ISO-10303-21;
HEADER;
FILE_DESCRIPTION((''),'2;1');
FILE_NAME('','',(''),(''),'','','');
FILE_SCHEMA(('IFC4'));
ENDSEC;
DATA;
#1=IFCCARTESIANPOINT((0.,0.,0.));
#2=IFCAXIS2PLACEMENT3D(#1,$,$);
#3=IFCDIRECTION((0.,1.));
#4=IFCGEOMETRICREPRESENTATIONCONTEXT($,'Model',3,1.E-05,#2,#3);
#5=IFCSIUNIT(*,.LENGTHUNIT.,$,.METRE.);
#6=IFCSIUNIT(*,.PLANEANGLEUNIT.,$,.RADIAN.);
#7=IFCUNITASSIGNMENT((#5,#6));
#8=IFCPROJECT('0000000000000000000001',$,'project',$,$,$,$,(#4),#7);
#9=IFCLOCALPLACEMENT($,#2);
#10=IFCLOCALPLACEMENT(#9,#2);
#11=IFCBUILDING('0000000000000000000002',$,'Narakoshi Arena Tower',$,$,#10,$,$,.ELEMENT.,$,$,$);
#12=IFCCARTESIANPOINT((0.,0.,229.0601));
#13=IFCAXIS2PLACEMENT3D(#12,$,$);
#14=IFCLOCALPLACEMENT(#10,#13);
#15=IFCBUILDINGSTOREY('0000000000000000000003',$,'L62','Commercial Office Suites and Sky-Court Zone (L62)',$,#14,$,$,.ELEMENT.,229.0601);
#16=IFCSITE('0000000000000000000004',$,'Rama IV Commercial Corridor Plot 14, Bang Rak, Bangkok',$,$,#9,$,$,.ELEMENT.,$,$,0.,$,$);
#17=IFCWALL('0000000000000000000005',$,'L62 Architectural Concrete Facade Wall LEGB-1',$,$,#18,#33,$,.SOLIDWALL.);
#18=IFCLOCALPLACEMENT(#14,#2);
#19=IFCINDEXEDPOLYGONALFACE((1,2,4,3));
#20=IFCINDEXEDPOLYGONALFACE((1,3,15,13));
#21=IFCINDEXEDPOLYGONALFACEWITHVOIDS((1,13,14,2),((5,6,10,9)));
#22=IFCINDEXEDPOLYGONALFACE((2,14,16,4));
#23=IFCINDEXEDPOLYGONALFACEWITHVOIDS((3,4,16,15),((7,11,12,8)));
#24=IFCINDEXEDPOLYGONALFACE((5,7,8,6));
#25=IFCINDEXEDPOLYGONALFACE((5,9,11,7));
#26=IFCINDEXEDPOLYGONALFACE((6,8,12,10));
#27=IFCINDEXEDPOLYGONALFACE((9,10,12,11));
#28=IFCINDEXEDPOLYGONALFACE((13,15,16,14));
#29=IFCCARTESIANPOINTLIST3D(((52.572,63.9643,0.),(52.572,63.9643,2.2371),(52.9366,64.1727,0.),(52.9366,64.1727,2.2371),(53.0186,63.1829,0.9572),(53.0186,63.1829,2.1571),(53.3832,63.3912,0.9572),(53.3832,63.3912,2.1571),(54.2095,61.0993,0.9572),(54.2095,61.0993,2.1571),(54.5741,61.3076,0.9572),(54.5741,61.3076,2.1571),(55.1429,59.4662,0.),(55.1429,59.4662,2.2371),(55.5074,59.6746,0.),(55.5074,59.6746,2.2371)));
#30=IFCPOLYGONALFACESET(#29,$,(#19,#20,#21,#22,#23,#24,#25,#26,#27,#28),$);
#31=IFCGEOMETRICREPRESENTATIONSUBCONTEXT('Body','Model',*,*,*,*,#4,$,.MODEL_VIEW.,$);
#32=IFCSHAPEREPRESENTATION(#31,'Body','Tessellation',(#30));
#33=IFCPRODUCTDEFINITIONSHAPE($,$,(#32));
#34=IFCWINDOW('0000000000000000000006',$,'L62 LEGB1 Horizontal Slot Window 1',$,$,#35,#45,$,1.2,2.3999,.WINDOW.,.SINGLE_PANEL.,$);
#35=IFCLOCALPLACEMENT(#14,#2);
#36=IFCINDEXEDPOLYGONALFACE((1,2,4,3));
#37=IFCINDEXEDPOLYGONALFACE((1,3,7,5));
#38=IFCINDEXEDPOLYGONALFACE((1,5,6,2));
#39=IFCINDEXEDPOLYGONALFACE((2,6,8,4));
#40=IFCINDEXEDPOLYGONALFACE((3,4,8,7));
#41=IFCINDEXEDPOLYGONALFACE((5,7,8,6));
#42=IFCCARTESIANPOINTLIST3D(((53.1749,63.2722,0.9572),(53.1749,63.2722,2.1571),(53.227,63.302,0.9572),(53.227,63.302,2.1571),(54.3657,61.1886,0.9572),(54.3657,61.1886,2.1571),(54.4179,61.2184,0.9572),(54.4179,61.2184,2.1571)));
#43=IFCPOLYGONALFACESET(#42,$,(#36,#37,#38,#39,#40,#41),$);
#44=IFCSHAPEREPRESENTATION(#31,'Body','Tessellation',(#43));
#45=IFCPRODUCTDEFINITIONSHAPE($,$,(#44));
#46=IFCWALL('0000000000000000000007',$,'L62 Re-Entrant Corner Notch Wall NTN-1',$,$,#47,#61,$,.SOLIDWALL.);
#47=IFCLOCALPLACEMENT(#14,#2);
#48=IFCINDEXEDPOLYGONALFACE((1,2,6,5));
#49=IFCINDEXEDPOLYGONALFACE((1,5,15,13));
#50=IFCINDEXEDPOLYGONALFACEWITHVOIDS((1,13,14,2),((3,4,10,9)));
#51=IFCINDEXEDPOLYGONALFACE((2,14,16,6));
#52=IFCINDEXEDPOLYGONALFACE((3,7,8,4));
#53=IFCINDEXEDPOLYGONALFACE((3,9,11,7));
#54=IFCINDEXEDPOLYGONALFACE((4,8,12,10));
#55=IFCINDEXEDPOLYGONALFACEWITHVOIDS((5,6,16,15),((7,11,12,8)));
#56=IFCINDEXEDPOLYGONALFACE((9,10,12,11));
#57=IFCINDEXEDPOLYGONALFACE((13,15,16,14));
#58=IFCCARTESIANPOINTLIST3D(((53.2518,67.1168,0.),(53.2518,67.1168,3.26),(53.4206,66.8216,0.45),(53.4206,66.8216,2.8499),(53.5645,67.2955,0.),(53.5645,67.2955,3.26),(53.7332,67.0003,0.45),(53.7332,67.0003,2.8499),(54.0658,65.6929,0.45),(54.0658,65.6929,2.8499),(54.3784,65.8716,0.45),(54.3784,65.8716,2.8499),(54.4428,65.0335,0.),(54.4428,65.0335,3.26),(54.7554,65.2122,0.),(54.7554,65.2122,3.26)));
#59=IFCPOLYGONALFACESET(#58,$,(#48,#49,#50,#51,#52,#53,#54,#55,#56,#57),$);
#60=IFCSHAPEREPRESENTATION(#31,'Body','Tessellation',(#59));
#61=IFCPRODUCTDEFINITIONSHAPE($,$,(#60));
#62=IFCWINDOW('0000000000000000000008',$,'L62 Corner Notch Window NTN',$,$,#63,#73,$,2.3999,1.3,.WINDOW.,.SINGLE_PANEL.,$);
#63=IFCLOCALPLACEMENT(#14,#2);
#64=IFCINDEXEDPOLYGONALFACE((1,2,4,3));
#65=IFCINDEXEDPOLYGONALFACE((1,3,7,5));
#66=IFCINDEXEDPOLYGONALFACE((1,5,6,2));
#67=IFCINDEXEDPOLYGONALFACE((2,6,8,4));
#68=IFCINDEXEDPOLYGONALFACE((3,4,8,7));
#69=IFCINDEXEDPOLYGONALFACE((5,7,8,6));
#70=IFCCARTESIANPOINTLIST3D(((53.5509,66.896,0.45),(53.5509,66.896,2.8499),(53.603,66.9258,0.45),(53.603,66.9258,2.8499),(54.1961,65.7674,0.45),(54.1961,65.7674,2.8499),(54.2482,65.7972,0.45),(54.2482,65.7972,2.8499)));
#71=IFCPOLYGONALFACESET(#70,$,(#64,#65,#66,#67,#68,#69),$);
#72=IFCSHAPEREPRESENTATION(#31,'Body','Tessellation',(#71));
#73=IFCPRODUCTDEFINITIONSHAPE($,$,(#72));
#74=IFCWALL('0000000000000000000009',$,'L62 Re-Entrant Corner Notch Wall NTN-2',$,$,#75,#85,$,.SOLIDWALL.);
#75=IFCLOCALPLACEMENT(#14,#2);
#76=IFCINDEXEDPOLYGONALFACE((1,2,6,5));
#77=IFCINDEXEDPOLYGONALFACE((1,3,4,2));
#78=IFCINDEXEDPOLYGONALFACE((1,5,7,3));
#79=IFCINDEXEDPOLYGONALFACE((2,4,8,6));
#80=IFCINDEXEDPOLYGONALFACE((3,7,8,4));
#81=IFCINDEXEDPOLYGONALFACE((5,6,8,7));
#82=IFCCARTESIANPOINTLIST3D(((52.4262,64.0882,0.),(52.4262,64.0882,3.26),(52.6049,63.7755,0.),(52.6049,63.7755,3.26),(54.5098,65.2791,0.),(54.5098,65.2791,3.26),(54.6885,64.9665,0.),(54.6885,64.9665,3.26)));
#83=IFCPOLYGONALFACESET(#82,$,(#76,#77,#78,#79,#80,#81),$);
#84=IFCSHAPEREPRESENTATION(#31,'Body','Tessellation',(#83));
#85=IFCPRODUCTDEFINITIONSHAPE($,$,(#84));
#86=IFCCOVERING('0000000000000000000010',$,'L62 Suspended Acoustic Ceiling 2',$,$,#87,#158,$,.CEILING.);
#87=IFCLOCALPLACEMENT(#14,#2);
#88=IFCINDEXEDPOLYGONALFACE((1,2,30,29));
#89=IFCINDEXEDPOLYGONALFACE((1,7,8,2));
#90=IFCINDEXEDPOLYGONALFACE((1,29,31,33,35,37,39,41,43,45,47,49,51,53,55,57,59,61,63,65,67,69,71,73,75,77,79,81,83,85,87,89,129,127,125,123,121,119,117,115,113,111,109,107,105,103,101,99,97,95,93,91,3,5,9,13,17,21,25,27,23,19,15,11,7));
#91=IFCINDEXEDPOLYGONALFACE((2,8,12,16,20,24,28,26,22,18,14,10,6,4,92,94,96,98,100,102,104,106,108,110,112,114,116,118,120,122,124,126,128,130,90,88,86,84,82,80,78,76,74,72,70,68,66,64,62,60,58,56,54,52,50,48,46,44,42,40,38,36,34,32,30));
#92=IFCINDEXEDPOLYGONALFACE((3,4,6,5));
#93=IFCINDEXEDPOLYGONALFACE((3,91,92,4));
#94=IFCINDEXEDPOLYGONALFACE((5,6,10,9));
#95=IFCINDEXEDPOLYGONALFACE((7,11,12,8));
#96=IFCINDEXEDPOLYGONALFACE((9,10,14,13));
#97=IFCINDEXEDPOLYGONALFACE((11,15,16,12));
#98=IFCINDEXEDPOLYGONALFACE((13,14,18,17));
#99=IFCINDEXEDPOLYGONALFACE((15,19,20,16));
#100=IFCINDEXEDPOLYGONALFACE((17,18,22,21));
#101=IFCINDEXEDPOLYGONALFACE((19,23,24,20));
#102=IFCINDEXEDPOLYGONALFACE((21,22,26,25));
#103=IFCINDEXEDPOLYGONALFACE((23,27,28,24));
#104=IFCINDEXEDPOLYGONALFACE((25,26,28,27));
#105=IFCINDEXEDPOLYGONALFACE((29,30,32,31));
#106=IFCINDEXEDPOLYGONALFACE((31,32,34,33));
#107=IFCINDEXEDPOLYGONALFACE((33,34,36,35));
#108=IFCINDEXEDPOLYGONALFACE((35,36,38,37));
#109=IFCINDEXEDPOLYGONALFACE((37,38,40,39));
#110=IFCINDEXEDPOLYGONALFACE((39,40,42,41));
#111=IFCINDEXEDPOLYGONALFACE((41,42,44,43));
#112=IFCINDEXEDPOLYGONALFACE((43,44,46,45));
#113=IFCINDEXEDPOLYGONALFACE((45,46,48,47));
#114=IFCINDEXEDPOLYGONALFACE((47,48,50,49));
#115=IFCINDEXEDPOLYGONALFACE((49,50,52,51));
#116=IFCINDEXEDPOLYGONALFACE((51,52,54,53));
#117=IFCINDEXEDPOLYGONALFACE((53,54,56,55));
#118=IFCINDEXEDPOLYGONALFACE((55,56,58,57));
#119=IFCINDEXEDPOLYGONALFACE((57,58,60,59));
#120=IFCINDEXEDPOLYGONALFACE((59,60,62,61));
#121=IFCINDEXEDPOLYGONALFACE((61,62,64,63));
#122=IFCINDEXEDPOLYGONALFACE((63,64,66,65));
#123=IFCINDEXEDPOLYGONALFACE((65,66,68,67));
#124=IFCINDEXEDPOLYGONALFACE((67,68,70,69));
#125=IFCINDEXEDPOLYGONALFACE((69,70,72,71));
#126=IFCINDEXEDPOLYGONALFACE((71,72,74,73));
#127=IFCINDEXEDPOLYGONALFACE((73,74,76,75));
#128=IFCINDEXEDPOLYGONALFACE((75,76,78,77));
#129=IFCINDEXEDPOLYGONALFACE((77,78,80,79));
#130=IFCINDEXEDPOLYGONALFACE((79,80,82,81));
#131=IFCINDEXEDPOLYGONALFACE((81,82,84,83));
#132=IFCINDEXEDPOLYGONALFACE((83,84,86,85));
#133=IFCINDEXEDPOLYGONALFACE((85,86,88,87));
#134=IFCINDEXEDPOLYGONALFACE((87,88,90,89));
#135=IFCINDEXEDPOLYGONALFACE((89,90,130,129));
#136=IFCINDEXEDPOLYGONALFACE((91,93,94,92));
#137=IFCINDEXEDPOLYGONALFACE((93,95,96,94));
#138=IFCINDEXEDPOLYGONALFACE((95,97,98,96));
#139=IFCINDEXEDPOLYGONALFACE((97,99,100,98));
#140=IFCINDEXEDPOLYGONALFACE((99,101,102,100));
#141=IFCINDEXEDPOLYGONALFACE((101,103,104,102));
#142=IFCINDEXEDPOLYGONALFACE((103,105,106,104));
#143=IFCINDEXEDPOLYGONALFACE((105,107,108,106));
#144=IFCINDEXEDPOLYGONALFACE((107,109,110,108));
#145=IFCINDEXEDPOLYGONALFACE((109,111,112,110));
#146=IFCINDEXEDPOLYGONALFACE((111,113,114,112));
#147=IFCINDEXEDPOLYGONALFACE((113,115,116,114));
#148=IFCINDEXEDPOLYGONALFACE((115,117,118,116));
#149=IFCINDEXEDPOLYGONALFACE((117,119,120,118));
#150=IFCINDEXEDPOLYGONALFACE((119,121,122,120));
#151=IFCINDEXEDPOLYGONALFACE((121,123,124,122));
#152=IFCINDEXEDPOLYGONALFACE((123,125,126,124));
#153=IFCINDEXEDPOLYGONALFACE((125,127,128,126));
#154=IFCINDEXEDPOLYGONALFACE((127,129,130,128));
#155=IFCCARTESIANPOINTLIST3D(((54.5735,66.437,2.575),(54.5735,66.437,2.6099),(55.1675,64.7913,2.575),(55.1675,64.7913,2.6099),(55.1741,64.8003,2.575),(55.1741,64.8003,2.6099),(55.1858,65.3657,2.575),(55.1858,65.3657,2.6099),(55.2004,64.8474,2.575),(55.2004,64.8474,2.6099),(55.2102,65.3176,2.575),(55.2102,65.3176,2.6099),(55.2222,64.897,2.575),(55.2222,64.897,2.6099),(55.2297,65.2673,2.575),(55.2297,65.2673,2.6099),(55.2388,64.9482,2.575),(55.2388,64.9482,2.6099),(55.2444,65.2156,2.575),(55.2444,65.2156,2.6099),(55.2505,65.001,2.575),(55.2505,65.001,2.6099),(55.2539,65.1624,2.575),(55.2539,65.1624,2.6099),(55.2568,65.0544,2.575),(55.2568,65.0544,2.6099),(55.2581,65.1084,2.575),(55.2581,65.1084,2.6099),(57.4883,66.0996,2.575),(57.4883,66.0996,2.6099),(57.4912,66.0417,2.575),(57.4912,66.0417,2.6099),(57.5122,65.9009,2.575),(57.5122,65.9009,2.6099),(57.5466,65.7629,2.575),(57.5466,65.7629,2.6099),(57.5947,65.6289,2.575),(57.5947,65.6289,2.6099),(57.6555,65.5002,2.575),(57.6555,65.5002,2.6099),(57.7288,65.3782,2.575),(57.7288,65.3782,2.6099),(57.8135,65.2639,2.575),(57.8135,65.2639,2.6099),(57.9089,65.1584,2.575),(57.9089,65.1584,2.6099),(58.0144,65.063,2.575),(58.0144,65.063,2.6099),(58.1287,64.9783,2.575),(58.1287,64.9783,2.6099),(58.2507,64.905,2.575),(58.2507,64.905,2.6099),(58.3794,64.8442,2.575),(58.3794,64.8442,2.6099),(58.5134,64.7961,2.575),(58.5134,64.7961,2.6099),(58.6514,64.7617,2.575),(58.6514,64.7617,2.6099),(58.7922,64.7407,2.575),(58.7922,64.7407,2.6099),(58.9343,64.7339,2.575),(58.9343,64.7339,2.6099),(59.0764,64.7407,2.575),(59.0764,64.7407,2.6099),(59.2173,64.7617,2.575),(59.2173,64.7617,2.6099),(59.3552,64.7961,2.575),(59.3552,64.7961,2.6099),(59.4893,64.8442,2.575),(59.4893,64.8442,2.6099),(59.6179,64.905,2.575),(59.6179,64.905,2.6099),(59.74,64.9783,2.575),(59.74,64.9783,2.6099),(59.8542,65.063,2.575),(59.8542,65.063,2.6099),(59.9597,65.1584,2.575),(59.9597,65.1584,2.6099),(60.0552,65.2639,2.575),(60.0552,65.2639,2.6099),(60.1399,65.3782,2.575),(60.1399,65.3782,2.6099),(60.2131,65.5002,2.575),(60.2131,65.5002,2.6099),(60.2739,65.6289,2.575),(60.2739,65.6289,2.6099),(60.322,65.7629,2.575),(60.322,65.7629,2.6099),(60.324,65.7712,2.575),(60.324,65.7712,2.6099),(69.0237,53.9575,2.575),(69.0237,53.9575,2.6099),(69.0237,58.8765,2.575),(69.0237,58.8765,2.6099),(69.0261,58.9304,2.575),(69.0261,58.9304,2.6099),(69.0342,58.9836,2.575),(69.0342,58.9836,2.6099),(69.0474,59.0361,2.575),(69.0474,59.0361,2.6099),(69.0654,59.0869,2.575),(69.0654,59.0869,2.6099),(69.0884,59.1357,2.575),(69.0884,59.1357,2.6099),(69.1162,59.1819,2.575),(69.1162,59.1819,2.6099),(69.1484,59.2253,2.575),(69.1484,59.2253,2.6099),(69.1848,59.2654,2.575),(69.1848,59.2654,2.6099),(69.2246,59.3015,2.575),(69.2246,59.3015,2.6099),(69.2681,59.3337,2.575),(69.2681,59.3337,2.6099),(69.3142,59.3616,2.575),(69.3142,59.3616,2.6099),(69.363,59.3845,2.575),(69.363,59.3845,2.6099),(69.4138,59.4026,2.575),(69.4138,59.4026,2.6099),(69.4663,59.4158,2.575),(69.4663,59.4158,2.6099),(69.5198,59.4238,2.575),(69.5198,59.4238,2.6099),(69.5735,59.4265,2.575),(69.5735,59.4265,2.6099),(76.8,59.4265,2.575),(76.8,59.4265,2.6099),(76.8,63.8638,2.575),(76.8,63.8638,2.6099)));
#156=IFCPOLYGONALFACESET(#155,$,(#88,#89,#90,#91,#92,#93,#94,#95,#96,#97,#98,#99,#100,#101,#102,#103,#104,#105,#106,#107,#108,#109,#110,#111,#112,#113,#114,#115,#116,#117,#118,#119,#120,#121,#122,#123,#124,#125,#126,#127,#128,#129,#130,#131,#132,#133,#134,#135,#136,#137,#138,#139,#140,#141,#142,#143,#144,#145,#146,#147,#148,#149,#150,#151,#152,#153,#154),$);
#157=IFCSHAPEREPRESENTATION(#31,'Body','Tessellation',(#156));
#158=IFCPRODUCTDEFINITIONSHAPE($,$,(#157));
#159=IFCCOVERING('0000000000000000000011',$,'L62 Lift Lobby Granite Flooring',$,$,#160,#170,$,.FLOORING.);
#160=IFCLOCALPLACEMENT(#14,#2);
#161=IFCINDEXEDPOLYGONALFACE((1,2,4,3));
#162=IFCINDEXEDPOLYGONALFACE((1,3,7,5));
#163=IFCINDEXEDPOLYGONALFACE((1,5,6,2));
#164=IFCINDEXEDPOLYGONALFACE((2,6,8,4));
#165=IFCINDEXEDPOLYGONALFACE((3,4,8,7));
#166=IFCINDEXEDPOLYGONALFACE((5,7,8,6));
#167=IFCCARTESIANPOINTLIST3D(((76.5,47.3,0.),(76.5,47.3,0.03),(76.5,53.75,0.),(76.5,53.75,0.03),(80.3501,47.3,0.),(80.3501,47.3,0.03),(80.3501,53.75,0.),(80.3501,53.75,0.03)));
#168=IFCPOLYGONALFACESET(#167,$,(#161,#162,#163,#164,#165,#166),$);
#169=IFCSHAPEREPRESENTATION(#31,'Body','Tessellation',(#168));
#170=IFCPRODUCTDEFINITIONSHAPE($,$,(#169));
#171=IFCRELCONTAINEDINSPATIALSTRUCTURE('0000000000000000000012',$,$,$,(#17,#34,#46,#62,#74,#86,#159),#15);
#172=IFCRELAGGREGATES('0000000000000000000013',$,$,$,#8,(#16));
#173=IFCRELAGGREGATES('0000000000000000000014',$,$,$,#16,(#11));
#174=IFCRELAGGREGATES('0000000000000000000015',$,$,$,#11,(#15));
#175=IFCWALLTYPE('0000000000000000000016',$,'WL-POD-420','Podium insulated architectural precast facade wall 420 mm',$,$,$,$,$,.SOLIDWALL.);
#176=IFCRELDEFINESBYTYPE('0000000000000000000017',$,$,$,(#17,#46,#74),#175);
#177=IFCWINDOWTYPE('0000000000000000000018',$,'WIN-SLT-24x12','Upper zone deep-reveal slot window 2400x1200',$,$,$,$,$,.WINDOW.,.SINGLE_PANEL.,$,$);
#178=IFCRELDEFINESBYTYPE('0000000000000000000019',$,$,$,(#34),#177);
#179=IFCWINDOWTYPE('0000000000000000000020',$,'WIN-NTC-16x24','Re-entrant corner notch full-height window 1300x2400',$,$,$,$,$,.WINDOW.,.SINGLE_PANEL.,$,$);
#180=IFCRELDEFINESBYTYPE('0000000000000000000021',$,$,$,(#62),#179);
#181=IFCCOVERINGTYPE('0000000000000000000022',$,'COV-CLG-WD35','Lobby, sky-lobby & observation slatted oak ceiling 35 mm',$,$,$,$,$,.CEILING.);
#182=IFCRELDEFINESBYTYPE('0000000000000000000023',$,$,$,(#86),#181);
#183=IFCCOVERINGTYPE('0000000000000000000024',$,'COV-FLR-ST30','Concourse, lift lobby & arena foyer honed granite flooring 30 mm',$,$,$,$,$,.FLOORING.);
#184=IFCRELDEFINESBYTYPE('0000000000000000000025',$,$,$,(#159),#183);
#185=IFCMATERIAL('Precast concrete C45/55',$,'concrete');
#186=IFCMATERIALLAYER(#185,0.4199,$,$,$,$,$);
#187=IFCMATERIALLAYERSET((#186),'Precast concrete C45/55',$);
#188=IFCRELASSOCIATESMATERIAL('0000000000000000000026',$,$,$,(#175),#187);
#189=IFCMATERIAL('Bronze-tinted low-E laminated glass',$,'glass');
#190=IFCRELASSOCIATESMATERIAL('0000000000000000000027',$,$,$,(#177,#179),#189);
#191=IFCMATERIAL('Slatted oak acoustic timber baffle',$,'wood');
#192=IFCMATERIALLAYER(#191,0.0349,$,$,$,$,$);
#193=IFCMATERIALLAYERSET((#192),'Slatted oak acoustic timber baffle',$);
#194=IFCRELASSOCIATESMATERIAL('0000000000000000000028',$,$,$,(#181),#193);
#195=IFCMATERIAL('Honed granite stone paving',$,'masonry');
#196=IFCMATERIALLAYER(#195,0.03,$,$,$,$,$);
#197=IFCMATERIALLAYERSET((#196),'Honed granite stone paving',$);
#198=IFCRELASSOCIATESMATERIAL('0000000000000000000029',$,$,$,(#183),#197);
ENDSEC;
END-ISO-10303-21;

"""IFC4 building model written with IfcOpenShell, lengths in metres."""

from ifc_helpers import new_model, si_unit, direction, frame, frame_2d, origin, place, context, subcontext, project, spatial, polyline, rectangle, outline, extrude, material, layer, layer_set, type_object, element, fill, save


model = new_model("IFC4")

# Units and contexts
model_context = context("Model", 3, precision=1e-05, world=origin(), true_north=direction((0.0, 1.0)))
body_context = subcontext(model_context, "Body", "Model", "MODEL_VIEW")
ifc_project = project(units=[si_unit("LENGTHUNIT", "METRE"), si_unit("PLANEANGLEUNIT", "RADIAN")], contexts=[model_context])

# Site, building, storey
site_placement = place(None, origin())
site = spatial("IfcSite", under=ifc_project, at=site_placement, Name="Rama IV Commercial Corridor Plot 14, Bang Rak, Bangkok", CompositionType="ELEMENT", RefElevation=0.0)
building_placement = place(site_placement, origin())
building = spatial("IfcBuilding", under=site, at=building_placement, Name="Narakoshi Arena Tower", CompositionType="ELEMENT")
storey_placement = place(building_placement, frame((0.0, 0.0, 229.0601)))
storey = spatial("IfcBuildingStorey", under=building, at=storey_placement, Name="L62", Description="Commercial Office Suites and Sky-Court Zone (L62)", CompositionType="ELEMENT", Elevation=229.0601)

# Shared definitions
ifc_material_1 = material(Name="Bronze-tinted low-E laminated glass", Category="glass")

# Shared definitions
ifc_material_2 = material(Name="Precast concrete C45/55", Category="concrete")

# Walls, openings, windows
ifc_layer_1 = layer(ifc_material_2, 0.4199)
ifc_layer_set_1 = layer_set([ifc_layer_1], Name="Precast concrete C45/55")
wall_type_1 = type_object("IfcWallType", Name="WL-POD-420", Description="Podium insulated architectural precast facade wall 420 mm", PredefinedType="SOLIDWALL", material=ifc_layer_set_1)
wall_1_placement = place(storey_placement, frame((52.7544, 64.0684, 0.0), z_axis=(0.0, 0.0, 1.0), x_axis=(0.49621, -0.868203, 0.0)))
wall_1 = element("IfcWall", 1, at=wall_1_placement, inside=storey, type_object=wall_type_1, Name="L62 Architectural Concrete Facade Wall LEGB-1", PredefinedType="SOLIDWALL", context=body_context, shape_type="SweptSolid", body=[
    extrude(rectangle(XDim=5.1809, YDim=0.4199, at=frame_2d((2.5903, 0.0))), origin(), (0.0, 0.0, 1.0), 2.2371),
])
opening_1_placement = place(wall_1_placement, frame((0.8999, 0.0, 0.957)))
opening_1 = element("IfcOpeningElement", 2, at=opening_1_placement, cuts=wall_1, PredefinedType="OPENING", context=body_context, shape_type="SweptSolid", body=[
    extrude(rectangle(XDim=2.3999, YDim=1.2, at=frame_2d((1.2, 0.6001))), frame((0.0, 0.22, 0.0), z_axis=(0.0, -1.0, 0.0), x_axis=(1.0, 0.0, 0.0)), (0.0, 0.0, 1.0), 0.4399),
])
window_type_1 = type_object("IfcWindowType", Name="WIN-SLT-24x12", Description="Upper zone deep-reveal slot window 2400x1200", PartitioningType="SINGLE_PANEL", PredefinedType="WINDOW", material=ifc_material_1)
window_1_placement = place(opening_1_placement, origin())
window_1 = element("IfcWindow", 3, at=window_1_placement, inside=storey, type_object=window_type_1, Name="L62 LEGB1 Horizontal Slot Window 1", OverallHeight=1.2, OverallWidth=2.3999, PartitioningType="SINGLE_PANEL", PredefinedType="WINDOW", context=body_context, shape_type="SweptSolid", body=[
    extrude(rectangle(XDim=2.3999, YDim=1.2, at=frame_2d((1.2, 0.6001))), frame((0.0, 0.03, 0.0), z_axis=(0.0, -1.0, 0.0), x_axis=(1.0, 0.0, 0.0)), (0.0, 0.0, 1.0), 0.0601),
])
fill(opening_1, window_1)
wall_2_placement = place(storey_placement, frame((53.4082, 67.2061, 0.0), z_axis=(0.0, 0.0, 1.0), x_axis=(0.496292, -0.868155, 0.0)))
wall_2 = element("IfcWall", 4, at=wall_2_placement, inside=storey, type_object=wall_type_1, Name="L62 Re-Entrant Corner Notch Wall NTN-1", PredefinedType="SOLIDWALL", context=body_context, shape_type="SweptSolid", body=[
    extrude(rectangle(XDim=2.3997, YDim=0.3601, at=frame_2d((1.1997, 0.0))), origin(), (0.0, 0.0, 1.0), 3.26),
])
opening_2_placement = place(wall_2_placement, frame((0.3401, 0.0, 0.45)))
opening_2 = element("IfcOpeningElement", 5, at=opening_2_placement, cuts=wall_2, PredefinedType="OPENING", context=body_context, shape_type="SweptSolid", body=[
    extrude(rectangle(XDim=1.3, YDim=2.3999, at=frame_2d((0.6499, 1.2))), frame((0.0, 0.1899, 0.0), z_axis=(0.0, -1.0, 0.0), x_axis=(1.0, 0.0, 0.0)), (0.0, 0.0, 1.0), 0.3801),
])
window_type_2 = type_object("IfcWindowType", Name="WIN-NTC-16x24", Description="Re-entrant corner notch full-height window 1300x2400", PartitioningType="SINGLE_PANEL", PredefinedType="WINDOW", material=ifc_material_1)
window_2_placement = place(opening_2_placement, origin())
window_2 = element("IfcWindow", 6, at=window_2_placement, inside=storey, type_object=window_type_2, Name="L62 Corner Notch Window NTN", OverallHeight=2.3999, OverallWidth=1.3, PartitioningType="SINGLE_PANEL", PredefinedType="WINDOW", context=body_context, shape_type="SweptSolid", body=[
    extrude(rectangle(XDim=1.3, YDim=2.3999, at=frame_2d((0.6499, 1.2))), frame((0.0, 0.03, 0.0), z_axis=(0.0, -1.0, 0.0), x_axis=(1.0, 0.0, 0.0)), (0.0, 0.0, 1.0), 0.0601),
])
fill(opening_2, window_2)

# Wall
wall_3_placement = place(storey_placement, frame((54.5991, 65.1228, 0.0), z_axis=(0.0, 0.0, 1.0), x_axis=(-0.868181, -0.496248, 0.0)))
element("IfcWall", 7, at=wall_3_placement, inside=storey, type_object=wall_type_1, Name="L62 Re-Entrant Corner Notch Wall NTN-2", PredefinedType="SOLIDWALL", context=body_context, shape_type="SweptSolid", body=[
    extrude(rectangle(XDim=2.3999, YDim=0.3601, at=frame_2d((1.2, 0.0))), origin(), (0.0, 0.0, 1.0), 3.26),
])

# Coverings
ifc_material_3 = material(Name="Slatted oak acoustic timber baffle", Category="wood")
ifc_layer_2 = layer(ifc_material_3, 0.0349)
ifc_layer_set_2 = layer_set([ifc_layer_2], Name="Slatted oak acoustic timber baffle")
covering_type_1 = type_object("IfcCoveringType", Name="COV-CLG-WD35", Description="Lobby, sky-lobby & observation slatted oak ceiling 35 mm", PredefinedType="CEILING", material=ifc_layer_set_2)
covering_1_placement = place(storey_placement, frame((0.0, 0.0, 2.575)))
element("IfcCovering", 8, at=covering_1_placement, inside=storey, type_object=covering_type_1, Name="L62 Suspended Acoustic Ceiling 2", PredefinedType="CEILING", context=body_context, shape_type="SweptSolid", body=[
    extrude(outline(polyline([(55.1741, 64.8003), (55.2004, 64.8474), (55.2222, 64.897), (55.2388, 64.9482), (55.2505, 65.001), (55.2568, 65.0544), (55.2581, 65.1084), (55.2539, 65.1624), (55.2444, 65.2156), (55.2297, 65.2673), (55.2102, 65.3176), (55.1858, 65.3657), (54.5735, 66.437), (57.4883, 66.0996), (57.4912, 66.0417), (57.5122, 65.9009), (57.5466, 65.7629), (57.5947, 65.6289), (57.6555, 65.5002), (57.7288, 65.3782), (57.8135, 65.2639), (57.9089, 65.1584), (58.0144, 65.063), (58.1287, 64.9783), (58.2507, 64.905), (58.3794, 64.8442), (58.5134, 64.7961), (58.6514, 64.7617), (58.7922, 64.7407), (58.9343, 64.7339), (59.0764, 64.7407), (59.2173, 64.7617), (59.3552, 64.7961), (59.4893, 64.8442), (59.6179, 64.905), (59.74, 64.9783), (59.8542, 65.063), (59.9597, 65.1584), (60.0552, 65.2639), (60.1399, 65.3782), (60.2131, 65.5002), (60.2739, 65.6289), (60.322, 65.7629), (60.324, 65.7712), (76.8, 63.8638), (76.8, 59.4265), (69.5735, 59.4265), (69.5198, 59.4238), (69.4663, 59.4158), (69.4138, 59.4026), (69.363, 59.3845), (69.3142, 59.3616), (69.2681, 59.3337), (69.2246, 59.3015), (69.1848, 59.2654), (69.1484, 59.2253), (69.1162, 59.1819), (69.0884, 59.1357), (69.0654, 59.0869), (69.0474, 59.0361), (69.0342, 58.9836), (69.0261, 58.9304), (69.0237, 58.8765), (69.0237, 53.9575), (55.1675, 64.7913), (55.1741, 64.8003)])), origin(), (0.0, 0.0, 1.0), 0.0349),
])
ifc_material_4 = material(Name="Honed granite stone paving", Category="masonry")
ifc_layer_3 = layer(ifc_material_4, 0.03)
ifc_layer_set_3 = layer_set([ifc_layer_3], Name="Honed granite stone paving")
covering_type_2 = type_object("IfcCoveringType", Name="COV-FLR-ST30", Description="Concourse, lift lobby & arena foyer honed granite flooring 30 mm", PredefinedType="FLOORING", material=ifc_layer_set_3)
covering_2_placement = place(storey_placement, origin())
element("IfcCovering", 9, at=covering_2_placement, inside=storey, type_object=covering_type_2, Name="L62 Lift Lobby Granite Flooring", PredefinedType="FLOORING", context=body_context, shape_type="SweptSolid", body=[
    extrude(outline(polyline([(76.5, 47.3), (80.3501, 47.3), (80.3501, 53.75), (76.5, 53.75), (76.5, 47.3)])), origin(), (0.0, 0.0, 1.0), 0.03),
])

save(model, "model.ifc")
